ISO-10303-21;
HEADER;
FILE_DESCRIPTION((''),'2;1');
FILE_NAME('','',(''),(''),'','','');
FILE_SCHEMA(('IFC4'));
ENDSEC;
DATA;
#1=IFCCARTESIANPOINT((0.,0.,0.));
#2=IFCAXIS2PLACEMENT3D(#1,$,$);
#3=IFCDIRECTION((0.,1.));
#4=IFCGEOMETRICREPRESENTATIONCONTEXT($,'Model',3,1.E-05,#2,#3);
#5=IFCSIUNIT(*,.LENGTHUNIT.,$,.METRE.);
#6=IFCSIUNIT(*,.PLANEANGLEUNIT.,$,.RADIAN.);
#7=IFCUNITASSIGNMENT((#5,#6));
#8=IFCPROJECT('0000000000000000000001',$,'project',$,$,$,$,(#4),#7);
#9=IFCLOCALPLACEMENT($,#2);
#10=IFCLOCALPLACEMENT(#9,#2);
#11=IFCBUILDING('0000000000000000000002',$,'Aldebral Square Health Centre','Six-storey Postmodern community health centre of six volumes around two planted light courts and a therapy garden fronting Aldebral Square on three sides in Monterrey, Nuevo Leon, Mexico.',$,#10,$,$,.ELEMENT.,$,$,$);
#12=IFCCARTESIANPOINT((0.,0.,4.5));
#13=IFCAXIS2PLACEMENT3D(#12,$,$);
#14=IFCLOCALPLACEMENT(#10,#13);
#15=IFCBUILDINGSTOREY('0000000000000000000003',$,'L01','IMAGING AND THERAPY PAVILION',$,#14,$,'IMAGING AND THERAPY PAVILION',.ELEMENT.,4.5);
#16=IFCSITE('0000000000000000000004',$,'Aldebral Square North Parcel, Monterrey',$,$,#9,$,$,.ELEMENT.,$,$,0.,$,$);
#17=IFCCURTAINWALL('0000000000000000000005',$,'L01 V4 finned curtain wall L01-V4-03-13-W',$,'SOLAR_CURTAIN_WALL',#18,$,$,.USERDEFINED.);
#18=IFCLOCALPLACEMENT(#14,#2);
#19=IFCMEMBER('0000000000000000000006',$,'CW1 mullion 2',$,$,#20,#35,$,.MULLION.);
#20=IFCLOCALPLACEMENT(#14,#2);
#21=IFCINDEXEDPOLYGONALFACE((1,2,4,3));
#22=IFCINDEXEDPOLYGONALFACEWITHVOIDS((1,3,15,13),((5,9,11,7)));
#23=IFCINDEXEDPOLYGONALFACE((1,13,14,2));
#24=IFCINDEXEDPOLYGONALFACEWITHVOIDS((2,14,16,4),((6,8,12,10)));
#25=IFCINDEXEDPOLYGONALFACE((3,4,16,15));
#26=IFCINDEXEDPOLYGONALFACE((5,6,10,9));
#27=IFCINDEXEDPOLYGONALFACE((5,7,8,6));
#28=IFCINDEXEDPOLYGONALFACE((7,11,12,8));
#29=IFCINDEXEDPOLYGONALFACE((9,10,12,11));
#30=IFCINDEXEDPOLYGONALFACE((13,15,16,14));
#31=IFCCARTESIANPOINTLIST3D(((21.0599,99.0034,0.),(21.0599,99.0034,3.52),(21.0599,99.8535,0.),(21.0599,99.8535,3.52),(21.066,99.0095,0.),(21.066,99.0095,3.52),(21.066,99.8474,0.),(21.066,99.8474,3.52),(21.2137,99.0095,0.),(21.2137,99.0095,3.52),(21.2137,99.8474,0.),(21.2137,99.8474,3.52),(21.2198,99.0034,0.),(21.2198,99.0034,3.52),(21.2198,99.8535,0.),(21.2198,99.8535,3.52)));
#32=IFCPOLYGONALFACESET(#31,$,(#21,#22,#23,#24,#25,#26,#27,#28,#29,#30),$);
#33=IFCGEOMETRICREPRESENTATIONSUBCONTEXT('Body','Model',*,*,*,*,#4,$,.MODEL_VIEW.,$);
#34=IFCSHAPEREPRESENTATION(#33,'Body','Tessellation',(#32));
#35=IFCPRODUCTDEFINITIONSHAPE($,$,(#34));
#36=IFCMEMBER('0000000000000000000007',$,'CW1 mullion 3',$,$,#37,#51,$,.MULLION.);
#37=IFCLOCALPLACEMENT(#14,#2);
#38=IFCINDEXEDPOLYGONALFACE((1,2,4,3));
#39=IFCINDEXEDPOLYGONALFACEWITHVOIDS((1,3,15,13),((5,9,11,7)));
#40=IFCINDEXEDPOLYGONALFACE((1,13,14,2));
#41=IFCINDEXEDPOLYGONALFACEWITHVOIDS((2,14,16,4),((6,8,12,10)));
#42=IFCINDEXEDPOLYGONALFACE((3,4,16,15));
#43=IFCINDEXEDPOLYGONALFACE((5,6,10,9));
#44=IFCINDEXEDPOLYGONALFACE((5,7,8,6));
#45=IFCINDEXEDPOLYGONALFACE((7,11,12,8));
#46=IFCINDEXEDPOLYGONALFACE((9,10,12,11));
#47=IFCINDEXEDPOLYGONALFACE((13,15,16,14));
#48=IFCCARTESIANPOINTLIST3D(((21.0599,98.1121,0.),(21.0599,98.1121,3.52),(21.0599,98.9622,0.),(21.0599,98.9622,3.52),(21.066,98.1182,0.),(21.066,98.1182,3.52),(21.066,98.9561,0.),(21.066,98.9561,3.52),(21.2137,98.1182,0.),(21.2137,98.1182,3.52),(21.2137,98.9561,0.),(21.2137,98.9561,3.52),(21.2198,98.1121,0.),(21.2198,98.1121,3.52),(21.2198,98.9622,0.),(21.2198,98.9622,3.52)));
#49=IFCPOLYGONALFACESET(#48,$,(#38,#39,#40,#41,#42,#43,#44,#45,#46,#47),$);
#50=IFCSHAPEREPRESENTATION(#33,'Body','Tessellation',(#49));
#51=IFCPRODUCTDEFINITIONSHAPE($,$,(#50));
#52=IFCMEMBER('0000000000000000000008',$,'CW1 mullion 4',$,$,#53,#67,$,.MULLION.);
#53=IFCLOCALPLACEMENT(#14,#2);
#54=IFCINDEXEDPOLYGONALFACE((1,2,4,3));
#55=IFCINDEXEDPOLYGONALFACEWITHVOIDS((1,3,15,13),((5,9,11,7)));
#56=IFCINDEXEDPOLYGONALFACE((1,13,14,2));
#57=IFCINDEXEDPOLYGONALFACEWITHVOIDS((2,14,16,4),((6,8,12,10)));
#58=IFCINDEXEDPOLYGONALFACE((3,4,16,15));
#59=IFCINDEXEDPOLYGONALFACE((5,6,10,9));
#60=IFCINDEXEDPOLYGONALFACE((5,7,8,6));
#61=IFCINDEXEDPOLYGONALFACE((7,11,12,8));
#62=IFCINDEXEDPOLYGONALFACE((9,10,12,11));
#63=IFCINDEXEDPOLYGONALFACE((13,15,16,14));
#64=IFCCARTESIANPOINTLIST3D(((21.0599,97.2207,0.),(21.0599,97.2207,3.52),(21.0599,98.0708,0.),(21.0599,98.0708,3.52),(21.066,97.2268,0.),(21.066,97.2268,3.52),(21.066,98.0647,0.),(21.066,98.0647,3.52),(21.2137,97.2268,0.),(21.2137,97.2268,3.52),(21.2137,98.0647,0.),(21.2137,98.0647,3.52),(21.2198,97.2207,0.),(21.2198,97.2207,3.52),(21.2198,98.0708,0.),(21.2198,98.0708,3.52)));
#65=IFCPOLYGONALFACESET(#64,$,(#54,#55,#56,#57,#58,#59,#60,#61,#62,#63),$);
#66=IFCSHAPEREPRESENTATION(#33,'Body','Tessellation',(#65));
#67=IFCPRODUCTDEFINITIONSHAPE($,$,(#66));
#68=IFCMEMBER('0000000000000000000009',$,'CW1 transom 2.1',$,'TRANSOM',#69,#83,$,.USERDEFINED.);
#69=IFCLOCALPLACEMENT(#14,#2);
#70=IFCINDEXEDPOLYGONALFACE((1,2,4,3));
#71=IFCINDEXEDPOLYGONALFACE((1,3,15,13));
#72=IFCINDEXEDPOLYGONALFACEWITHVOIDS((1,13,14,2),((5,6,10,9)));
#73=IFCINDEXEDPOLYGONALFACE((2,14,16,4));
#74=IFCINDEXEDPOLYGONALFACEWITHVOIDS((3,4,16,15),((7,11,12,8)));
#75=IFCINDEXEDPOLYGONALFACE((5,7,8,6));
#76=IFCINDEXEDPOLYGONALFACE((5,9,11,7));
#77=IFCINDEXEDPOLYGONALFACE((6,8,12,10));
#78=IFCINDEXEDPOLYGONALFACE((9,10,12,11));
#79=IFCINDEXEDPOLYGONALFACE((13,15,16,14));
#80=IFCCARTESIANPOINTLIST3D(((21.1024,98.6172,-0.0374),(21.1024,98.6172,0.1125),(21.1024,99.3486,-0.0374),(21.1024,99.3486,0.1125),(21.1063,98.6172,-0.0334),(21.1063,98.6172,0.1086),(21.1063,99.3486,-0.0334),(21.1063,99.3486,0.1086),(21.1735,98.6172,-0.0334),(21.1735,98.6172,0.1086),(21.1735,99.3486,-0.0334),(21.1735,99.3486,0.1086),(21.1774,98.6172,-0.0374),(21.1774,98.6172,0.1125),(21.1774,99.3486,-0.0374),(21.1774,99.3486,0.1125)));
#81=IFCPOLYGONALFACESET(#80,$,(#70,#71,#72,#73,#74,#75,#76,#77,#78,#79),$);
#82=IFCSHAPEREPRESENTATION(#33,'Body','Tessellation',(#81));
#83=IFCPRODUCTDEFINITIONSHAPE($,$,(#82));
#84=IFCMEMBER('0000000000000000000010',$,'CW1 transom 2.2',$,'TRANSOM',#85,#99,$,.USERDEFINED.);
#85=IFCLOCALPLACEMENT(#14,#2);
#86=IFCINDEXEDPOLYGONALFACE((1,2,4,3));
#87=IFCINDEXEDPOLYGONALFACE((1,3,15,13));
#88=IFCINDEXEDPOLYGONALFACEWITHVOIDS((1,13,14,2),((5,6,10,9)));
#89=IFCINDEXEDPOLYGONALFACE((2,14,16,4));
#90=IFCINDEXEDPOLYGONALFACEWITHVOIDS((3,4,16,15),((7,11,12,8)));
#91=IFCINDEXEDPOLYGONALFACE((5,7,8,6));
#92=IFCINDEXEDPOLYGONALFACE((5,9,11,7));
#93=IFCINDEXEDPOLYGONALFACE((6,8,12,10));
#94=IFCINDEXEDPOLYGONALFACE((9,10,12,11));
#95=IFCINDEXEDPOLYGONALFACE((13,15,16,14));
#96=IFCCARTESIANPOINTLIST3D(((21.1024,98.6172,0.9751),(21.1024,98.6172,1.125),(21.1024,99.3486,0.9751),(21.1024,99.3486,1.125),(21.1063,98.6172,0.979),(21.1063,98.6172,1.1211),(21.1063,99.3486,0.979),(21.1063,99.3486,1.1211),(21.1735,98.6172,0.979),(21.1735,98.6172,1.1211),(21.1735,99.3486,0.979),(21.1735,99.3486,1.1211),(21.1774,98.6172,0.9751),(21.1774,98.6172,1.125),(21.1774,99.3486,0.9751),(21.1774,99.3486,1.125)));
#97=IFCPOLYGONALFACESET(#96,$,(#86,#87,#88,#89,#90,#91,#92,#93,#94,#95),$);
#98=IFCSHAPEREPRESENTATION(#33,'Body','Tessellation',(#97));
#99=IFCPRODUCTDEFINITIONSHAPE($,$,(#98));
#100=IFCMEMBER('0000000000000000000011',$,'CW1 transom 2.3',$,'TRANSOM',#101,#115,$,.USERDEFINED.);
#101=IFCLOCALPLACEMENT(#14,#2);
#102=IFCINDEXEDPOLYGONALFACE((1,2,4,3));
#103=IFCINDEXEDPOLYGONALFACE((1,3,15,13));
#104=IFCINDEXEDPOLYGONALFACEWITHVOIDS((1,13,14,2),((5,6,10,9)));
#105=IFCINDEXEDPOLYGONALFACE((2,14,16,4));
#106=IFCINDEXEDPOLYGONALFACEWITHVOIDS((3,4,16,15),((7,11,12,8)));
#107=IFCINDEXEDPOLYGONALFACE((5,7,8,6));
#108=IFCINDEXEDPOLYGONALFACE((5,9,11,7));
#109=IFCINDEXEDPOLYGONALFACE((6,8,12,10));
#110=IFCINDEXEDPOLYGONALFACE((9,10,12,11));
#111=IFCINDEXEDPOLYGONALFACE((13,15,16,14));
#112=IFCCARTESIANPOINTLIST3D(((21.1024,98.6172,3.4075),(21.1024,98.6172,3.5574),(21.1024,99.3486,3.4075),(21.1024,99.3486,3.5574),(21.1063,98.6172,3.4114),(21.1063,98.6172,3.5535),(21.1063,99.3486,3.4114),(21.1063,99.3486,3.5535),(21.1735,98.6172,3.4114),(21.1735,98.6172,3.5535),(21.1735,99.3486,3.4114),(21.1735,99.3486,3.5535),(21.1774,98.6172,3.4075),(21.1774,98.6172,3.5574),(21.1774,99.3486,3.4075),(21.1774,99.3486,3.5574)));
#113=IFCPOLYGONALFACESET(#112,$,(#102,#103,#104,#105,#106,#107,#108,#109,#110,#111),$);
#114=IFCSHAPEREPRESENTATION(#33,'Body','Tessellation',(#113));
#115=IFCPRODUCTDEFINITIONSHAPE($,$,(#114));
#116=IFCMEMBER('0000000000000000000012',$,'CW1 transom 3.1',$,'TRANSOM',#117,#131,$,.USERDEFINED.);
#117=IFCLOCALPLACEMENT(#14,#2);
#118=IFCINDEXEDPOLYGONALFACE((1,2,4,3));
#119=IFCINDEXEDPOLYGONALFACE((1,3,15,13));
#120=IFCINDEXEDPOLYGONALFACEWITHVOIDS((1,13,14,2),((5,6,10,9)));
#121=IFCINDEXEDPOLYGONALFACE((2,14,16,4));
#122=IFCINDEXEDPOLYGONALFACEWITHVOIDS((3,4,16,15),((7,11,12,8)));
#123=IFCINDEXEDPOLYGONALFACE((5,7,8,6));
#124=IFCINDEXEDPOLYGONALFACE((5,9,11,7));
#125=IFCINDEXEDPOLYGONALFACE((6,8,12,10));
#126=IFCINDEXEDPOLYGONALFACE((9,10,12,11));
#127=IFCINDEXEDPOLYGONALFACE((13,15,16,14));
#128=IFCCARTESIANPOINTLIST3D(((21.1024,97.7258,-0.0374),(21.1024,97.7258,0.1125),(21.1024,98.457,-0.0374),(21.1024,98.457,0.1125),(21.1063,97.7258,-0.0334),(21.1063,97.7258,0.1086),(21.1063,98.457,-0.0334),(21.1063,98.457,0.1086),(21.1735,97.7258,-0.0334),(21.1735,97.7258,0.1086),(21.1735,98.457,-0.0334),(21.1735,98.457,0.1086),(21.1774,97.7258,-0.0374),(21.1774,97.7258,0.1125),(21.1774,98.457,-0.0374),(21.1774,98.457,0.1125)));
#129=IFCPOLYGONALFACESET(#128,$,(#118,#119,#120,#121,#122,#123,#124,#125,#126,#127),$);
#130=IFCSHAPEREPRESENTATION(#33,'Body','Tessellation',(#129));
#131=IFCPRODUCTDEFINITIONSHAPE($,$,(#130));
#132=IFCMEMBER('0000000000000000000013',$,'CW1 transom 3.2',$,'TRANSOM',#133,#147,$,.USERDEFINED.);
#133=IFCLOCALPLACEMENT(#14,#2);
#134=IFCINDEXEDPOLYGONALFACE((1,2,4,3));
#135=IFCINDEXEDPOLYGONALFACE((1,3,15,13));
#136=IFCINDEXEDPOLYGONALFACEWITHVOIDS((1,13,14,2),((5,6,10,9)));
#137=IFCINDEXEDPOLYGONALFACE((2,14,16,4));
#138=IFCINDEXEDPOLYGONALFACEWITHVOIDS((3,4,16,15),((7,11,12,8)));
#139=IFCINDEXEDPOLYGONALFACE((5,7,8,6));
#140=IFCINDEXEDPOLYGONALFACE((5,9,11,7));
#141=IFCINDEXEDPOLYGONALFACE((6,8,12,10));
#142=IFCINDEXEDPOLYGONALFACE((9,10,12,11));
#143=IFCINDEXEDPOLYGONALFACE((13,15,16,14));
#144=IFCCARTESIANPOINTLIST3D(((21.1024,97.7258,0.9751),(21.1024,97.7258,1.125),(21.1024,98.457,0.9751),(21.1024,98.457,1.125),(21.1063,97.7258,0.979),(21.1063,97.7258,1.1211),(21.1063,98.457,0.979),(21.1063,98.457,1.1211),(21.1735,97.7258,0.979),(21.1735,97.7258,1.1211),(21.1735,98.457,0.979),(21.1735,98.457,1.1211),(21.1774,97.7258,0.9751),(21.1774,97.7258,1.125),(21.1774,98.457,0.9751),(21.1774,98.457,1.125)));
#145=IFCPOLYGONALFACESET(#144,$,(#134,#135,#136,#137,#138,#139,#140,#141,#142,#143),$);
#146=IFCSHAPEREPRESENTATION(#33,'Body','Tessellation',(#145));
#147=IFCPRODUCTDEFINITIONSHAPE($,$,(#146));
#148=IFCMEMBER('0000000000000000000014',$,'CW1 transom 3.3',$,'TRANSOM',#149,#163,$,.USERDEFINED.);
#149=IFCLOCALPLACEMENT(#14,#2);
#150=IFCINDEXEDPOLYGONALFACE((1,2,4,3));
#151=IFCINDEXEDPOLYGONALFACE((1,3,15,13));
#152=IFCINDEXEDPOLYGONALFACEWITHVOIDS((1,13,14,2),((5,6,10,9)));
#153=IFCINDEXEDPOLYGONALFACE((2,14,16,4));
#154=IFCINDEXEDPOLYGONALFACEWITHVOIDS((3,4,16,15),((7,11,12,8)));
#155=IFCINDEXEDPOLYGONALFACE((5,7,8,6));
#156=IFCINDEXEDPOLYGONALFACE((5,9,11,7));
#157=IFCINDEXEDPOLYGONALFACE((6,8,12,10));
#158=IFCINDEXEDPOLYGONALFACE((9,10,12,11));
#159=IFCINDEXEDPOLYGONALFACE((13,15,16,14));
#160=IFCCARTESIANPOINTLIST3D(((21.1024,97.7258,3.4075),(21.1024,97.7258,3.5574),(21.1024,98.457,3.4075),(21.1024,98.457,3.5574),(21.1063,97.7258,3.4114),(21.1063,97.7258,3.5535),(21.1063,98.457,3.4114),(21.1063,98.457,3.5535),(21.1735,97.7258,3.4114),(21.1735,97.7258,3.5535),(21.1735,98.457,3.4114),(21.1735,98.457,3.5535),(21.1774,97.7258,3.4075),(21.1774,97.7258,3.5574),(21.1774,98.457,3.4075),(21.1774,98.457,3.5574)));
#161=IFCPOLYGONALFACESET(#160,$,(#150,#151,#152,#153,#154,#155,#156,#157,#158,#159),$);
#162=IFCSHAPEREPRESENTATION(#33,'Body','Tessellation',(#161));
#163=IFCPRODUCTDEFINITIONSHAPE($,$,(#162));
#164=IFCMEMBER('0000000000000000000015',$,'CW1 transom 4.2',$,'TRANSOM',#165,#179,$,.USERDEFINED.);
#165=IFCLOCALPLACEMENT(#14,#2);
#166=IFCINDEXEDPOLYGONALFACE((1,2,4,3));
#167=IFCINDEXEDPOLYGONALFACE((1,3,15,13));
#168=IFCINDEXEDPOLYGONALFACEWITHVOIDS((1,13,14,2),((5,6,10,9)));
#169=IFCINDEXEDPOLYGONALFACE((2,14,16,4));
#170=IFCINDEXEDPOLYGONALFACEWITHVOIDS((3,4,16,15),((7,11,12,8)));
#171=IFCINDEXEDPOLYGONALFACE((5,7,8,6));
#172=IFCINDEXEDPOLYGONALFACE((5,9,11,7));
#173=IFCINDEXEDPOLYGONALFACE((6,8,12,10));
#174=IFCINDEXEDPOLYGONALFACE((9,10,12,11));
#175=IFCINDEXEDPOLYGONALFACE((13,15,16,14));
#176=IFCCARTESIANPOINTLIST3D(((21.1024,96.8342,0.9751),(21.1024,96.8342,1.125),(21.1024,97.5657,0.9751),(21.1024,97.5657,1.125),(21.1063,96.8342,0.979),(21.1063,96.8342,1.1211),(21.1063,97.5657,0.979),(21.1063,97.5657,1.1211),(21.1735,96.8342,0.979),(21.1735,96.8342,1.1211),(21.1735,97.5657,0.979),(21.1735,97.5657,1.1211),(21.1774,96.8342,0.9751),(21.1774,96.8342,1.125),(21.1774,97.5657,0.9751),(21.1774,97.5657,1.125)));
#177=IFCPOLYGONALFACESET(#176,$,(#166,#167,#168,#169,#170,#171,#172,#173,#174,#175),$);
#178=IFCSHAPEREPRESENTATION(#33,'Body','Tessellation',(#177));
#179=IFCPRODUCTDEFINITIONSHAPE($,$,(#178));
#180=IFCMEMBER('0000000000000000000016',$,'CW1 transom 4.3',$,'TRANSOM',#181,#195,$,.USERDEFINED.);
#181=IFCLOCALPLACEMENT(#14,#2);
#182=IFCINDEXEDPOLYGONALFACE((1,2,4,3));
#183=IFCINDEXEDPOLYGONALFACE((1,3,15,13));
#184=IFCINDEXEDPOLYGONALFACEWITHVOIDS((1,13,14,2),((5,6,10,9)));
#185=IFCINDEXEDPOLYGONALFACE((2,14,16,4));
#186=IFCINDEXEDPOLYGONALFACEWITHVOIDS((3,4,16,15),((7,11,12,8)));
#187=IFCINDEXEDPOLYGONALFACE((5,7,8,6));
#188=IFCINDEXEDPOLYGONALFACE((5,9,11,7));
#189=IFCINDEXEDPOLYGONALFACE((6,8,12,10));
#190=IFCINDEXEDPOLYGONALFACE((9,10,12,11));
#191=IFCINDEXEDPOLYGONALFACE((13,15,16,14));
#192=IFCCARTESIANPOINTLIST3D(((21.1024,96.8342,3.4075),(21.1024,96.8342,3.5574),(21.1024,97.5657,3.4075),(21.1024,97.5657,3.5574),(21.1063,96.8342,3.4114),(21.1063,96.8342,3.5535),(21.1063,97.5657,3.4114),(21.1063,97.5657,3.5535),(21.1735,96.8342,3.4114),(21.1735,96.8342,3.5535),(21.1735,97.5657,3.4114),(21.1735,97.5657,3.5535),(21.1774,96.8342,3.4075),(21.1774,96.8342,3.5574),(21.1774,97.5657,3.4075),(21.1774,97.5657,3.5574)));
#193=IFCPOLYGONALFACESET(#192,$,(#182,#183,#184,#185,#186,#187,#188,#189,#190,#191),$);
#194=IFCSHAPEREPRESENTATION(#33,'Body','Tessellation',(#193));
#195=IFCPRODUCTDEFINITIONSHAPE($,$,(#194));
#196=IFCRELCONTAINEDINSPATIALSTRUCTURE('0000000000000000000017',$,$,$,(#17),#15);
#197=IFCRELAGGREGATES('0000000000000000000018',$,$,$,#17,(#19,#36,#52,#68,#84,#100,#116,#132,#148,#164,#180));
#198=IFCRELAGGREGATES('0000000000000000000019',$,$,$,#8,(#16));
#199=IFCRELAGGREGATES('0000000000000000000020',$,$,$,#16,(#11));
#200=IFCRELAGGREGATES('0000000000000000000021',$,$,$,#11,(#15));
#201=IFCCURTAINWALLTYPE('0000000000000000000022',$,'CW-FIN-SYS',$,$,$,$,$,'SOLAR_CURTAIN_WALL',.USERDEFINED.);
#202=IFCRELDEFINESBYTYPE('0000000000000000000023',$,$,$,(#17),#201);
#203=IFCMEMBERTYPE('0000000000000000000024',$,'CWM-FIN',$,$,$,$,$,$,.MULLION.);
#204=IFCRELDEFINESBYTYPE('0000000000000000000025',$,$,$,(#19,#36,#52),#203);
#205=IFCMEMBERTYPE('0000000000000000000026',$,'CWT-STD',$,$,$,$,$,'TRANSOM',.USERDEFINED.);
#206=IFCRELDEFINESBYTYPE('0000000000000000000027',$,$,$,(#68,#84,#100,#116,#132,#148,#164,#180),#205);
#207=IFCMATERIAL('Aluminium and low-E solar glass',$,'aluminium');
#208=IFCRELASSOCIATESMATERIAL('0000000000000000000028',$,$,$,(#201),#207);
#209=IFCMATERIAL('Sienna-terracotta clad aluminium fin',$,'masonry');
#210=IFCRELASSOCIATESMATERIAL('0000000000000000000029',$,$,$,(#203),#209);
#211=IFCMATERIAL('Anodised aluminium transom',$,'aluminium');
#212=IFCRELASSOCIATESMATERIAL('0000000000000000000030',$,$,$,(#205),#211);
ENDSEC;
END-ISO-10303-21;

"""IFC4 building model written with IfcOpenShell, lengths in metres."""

from ifc_helpers import new_model, si_unit, direction, frame, origin, origin_2d, place, context, subcontext, project, spatial, hollow_rectangle, extrude, material, material_profile, profile_set, type_object, element, aggregate, save


model = new_model("IFC4")

# Units and contexts
model_context = context("Model", 3, precision=1e-05, world=origin(), true_north=direction((0.0, 1.0)))
body_context = subcontext(model_context, "Body", "Model", "MODEL_VIEW")
ifc_project = project(units=[si_unit("LENGTHUNIT", "METRE"), si_unit("PLANEANGLEUNIT", "RADIAN")], contexts=[model_context])

# Site, building, storey
site_placement = place(None, origin())
site = spatial("IfcSite", under=ifc_project, at=site_placement, Name="Aldebral Square North Parcel, Monterrey", CompositionType="ELEMENT", RefElevation=0.0)
building_placement = place(site_placement, origin())
building = spatial("IfcBuilding", under=site, at=building_placement, Name="Aldebral Square Health Centre", Description="Six-storey Postmodern community health centre of six volumes around two planted light courts and a therapy garden fronting Aldebral Square on three sides in Monterrey, Nuevo Leon, Mexico.", CompositionType="ELEMENT")
storey_placement = place(building_placement, frame((0.0, 0.0, 4.5)))
storey = spatial("IfcBuildingStorey", under=building, at=storey_placement, Name="L01", Description="IMAGING AND THERAPY PAVILION", LongName="IMAGING AND THERAPY PAVILION", CompositionType="ELEMENT", Elevation=4.5)

# Curtain wall, members
ifc_material_1 = material(Name="Aluminium and low-E solar glass", Category="aluminium")
curtain_wall_type = type_object("IfcCurtainWallType", Name="CW-FIN-SYS", ElementType="SOLAR_CURTAIN_WALL", PredefinedType="USERDEFINED", material=ifc_material_1)
curtain_wall_placement = place(storey_placement, origin())
curtain_wall = element("IfcCurtainWall", 1, at=curtain_wall_placement, inside=storey, type_object=curtain_wall_type, Name="L01 V4 finned curtain wall L01-V4-03-13-W", ObjectType="SOLAR_CURTAIN_WALL", PredefinedType="USERDEFINED")
ifc_material_2 = material(Name="Sienna-terracotta clad aluminium fin", Category="masonry")
ifc_material_profile_1 = material_profile(ifc_material_2, hollow_rectangle(XDim=0.1599, YDim=0.8501, WallThickness=0.0061, at=origin_2d()), Name="FIN 160x850x6")
ifc_profile_set_1 = profile_set([ifc_material_profile_1], Name="Sienna-terracotta clad aluminium fin")
member_type_1 = type_object("IfcMemberType", Name="CWM-FIN", PredefinedType="MULLION", material=ifc_profile_set_1)
member_1_placement = place(storey_placement, frame((21.1399, 99.4285, 0.0), z_axis=(0.0, 0.0, 1.0), x_axis=(1.0, 0.0, 0.0)))
member_1 = element("IfcMember", 2, at=member_1_placement, type_object=member_type_1, Name="CW1 mullion 2", PredefinedType="MULLION", context=body_context, shape_type="SweptSolid", body=[
    extrude(hollow_rectangle(XDim=0.1599, YDim=0.8501, WallThickness=0.0061, at=origin_2d()), origin(), (0.0, 0.0, 1.0), 3.52),
])
member_2_placement = place(storey_placement, frame((21.1399, 98.5371, 0.0), z_axis=(0.0, 0.0, 1.0), x_axis=(1.0, 0.0, 0.0)))
member_2 = element("IfcMember", 3, at=member_2_placement, type_object=member_type_1, Name="CW1 mullion 3", PredefinedType="MULLION", context=body_context, shape_type="SweptSolid", body=[
    extrude(hollow_rectangle(XDim=0.1599, YDim=0.8501, WallThickness=0.0061, at=origin_2d()), origin(), (0.0, 0.0, 1.0), 3.52),
])
member_3_placement = place(storey_placement, frame((21.1399, 97.6458, 0.0), z_axis=(0.0, 0.0, 1.0), x_axis=(1.0, 0.0, 0.0)))
member_3 = element("IfcMember", 4, at=member_3_placement, type_object=member_type_1, Name="CW1 mullion 4", PredefinedType="MULLION", context=body_context, shape_type="SweptSolid", body=[
    extrude(hollow_rectangle(XDim=0.1599, YDim=0.8501, WallThickness=0.0061, at=origin_2d()), origin(), (0.0, 0.0, 1.0), 3.52),
])
ifc_material_3 = material(Name="Anodised aluminium transom", Category="aluminium")
ifc_material_profile_2 = material_profile(ifc_material_3, hollow_rectangle(XDim=0.075, YDim=0.1499, WallThickness=0.0039, at=origin_2d()), Name="CWT 75x150x4")
ifc_profile_set_2 = profile_set([ifc_material_profile_2], Name="Anodised aluminium transom")
member_type_2 = type_object("IfcMemberType", Name="CWT-STD", ElementType="TRANSOM", PredefinedType="USERDEFINED", material=ifc_profile_set_2)
member_4_placement = place(storey_placement, frame((21.1399, 99.3486, 0.0376), z_axis=(0.0, -1.0, 0.0), x_axis=(1.0, 0.0, 0.0)))
member_4 = element("IfcMember", 5, at=member_4_placement, type_object=member_type_2, Name="CW1 transom 2.1", ObjectType="TRANSOM", PredefinedType="USERDEFINED", context=body_context, shape_type="SweptSolid", body=[
    extrude(hollow_rectangle(XDim=0.075, YDim=0.1499, WallThickness=0.0039, at=origin_2d()), origin(), (0.0, 0.0, 1.0), 0.7314),
])
member_5_placement = place(storey_placement, frame((21.1399, 99.3486, 1.05), z_axis=(0.0, -1.0, 0.0), x_axis=(1.0, 0.0, 0.0)))
member_5 = element("IfcMember", 6, at=member_5_placement, type_object=member_type_2, Name="CW1 transom 2.2", ObjectType="TRANSOM", PredefinedType="USERDEFINED", context=body_context, shape_type="SweptSolid", body=[
    extrude(hollow_rectangle(XDim=0.075, YDim=0.1499, WallThickness=0.0039, at=origin_2d()), origin(), (0.0, 0.0, 1.0), 0.7314),
])
member_6_placement = place(storey_placement, frame((21.1399, 99.3486, 3.4824), z_axis=(0.0, -1.0, 0.0), x_axis=(1.0, 0.0, 0.0)))
member_6 = element("IfcMember", 7, at=member_6_placement, type_object=member_type_2, Name="CW1 transom 2.3", ObjectType="TRANSOM", PredefinedType="USERDEFINED", context=body_context, shape_type="SweptSolid", body=[
    extrude(hollow_rectangle(XDim=0.075, YDim=0.1499, WallThickness=0.0039, at=origin_2d()), origin(), (0.0, 0.0, 1.0), 0.7314),
])
member_7_placement = place(storey_placement, frame((21.1399, 98.457, 0.0376), z_axis=(0.0, -1.0, 0.0), x_axis=(1.0, 0.0, 0.0)))
member_7 = element("IfcMember", 8, at=member_7_placement, type_object=member_type_2, Name="CW1 transom 3.1", ObjectType="TRANSOM", PredefinedType="USERDEFINED", context=body_context, shape_type="SweptSolid", body=[
    extrude(hollow_rectangle(XDim=0.075, YDim=0.1499, WallThickness=0.0039, at=origin_2d()), origin(), (0.0, 0.0, 1.0), 0.7312),
])
member_8_placement = place(storey_placement, frame((21.1399, 98.457, 1.05), z_axis=(0.0, -1.0, 0.0), x_axis=(1.0, 0.0, 0.0)))
member_8 = element("IfcMember", 9, at=member_8_placement, type_object=member_type_2, Name="CW1 transom 3.2", ObjectType="TRANSOM", PredefinedType="USERDEFINED", context=body_context, shape_type="SweptSolid", body=[
    extrude(hollow_rectangle(XDim=0.075, YDim=0.1499, WallThickness=0.0039, at=origin_2d()), origin(), (0.0, 0.0, 1.0), 0.7312),
])
member_9_placement = place(storey_placement, frame((21.1399, 98.457, 3.4824), z_axis=(0.0, -1.0, 0.0), x_axis=(1.0, 0.0, 0.0)))
member_9 = element("IfcMember", 10, at=member_9_placement, type_object=member_type_2, Name="CW1 transom 3.3", ObjectType="TRANSOM", PredefinedType="USERDEFINED", context=body_context, shape_type="SweptSolid", body=[
    extrude(hollow_rectangle(XDim=0.075, YDim=0.1499, WallThickness=0.0039, at=origin_2d()), origin(), (0.0, 0.0, 1.0), 0.7312),
])
member_10_placement = place(storey_placement, frame((21.1399, 97.5657, 1.05), z_axis=(0.0, -1.0, 0.0), x_axis=(1.0, 0.0, 0.0)))
member_10 = element("IfcMember", 11, at=member_10_placement, type_object=member_type_2, Name="CW1 transom 4.2", ObjectType="TRANSOM", PredefinedType="USERDEFINED", context=body_context, shape_type="SweptSolid", body=[
    extrude(hollow_rectangle(XDim=0.075, YDim=0.1499, WallThickness=0.0039, at=origin_2d()), origin(), (0.0, 0.0, 1.0), 0.7314),
])
member_11_placement = place(storey_placement, frame((21.1399, 97.5657, 3.4824), z_axis=(0.0, -1.0, 0.0), x_axis=(1.0, 0.0, 0.0)))
member_11 = element("IfcMember", 12, at=member_11_placement, type_object=member_type_2, Name="CW1 transom 4.3", ObjectType="TRANSOM", PredefinedType="USERDEFINED", context=body_context, shape_type="SweptSolid", body=[
    extrude(hollow_rectangle(XDim=0.075, YDim=0.1499, WallThickness=0.0039, at=origin_2d()), origin(), (0.0, 0.0, 1.0), 0.7314),
])
aggregate(curtain_wall, [member_1, member_2, member_3, member_4, member_5, member_6, member_7, member_8, member_9, member_10, member_11])

save(model, "model.ifc")
